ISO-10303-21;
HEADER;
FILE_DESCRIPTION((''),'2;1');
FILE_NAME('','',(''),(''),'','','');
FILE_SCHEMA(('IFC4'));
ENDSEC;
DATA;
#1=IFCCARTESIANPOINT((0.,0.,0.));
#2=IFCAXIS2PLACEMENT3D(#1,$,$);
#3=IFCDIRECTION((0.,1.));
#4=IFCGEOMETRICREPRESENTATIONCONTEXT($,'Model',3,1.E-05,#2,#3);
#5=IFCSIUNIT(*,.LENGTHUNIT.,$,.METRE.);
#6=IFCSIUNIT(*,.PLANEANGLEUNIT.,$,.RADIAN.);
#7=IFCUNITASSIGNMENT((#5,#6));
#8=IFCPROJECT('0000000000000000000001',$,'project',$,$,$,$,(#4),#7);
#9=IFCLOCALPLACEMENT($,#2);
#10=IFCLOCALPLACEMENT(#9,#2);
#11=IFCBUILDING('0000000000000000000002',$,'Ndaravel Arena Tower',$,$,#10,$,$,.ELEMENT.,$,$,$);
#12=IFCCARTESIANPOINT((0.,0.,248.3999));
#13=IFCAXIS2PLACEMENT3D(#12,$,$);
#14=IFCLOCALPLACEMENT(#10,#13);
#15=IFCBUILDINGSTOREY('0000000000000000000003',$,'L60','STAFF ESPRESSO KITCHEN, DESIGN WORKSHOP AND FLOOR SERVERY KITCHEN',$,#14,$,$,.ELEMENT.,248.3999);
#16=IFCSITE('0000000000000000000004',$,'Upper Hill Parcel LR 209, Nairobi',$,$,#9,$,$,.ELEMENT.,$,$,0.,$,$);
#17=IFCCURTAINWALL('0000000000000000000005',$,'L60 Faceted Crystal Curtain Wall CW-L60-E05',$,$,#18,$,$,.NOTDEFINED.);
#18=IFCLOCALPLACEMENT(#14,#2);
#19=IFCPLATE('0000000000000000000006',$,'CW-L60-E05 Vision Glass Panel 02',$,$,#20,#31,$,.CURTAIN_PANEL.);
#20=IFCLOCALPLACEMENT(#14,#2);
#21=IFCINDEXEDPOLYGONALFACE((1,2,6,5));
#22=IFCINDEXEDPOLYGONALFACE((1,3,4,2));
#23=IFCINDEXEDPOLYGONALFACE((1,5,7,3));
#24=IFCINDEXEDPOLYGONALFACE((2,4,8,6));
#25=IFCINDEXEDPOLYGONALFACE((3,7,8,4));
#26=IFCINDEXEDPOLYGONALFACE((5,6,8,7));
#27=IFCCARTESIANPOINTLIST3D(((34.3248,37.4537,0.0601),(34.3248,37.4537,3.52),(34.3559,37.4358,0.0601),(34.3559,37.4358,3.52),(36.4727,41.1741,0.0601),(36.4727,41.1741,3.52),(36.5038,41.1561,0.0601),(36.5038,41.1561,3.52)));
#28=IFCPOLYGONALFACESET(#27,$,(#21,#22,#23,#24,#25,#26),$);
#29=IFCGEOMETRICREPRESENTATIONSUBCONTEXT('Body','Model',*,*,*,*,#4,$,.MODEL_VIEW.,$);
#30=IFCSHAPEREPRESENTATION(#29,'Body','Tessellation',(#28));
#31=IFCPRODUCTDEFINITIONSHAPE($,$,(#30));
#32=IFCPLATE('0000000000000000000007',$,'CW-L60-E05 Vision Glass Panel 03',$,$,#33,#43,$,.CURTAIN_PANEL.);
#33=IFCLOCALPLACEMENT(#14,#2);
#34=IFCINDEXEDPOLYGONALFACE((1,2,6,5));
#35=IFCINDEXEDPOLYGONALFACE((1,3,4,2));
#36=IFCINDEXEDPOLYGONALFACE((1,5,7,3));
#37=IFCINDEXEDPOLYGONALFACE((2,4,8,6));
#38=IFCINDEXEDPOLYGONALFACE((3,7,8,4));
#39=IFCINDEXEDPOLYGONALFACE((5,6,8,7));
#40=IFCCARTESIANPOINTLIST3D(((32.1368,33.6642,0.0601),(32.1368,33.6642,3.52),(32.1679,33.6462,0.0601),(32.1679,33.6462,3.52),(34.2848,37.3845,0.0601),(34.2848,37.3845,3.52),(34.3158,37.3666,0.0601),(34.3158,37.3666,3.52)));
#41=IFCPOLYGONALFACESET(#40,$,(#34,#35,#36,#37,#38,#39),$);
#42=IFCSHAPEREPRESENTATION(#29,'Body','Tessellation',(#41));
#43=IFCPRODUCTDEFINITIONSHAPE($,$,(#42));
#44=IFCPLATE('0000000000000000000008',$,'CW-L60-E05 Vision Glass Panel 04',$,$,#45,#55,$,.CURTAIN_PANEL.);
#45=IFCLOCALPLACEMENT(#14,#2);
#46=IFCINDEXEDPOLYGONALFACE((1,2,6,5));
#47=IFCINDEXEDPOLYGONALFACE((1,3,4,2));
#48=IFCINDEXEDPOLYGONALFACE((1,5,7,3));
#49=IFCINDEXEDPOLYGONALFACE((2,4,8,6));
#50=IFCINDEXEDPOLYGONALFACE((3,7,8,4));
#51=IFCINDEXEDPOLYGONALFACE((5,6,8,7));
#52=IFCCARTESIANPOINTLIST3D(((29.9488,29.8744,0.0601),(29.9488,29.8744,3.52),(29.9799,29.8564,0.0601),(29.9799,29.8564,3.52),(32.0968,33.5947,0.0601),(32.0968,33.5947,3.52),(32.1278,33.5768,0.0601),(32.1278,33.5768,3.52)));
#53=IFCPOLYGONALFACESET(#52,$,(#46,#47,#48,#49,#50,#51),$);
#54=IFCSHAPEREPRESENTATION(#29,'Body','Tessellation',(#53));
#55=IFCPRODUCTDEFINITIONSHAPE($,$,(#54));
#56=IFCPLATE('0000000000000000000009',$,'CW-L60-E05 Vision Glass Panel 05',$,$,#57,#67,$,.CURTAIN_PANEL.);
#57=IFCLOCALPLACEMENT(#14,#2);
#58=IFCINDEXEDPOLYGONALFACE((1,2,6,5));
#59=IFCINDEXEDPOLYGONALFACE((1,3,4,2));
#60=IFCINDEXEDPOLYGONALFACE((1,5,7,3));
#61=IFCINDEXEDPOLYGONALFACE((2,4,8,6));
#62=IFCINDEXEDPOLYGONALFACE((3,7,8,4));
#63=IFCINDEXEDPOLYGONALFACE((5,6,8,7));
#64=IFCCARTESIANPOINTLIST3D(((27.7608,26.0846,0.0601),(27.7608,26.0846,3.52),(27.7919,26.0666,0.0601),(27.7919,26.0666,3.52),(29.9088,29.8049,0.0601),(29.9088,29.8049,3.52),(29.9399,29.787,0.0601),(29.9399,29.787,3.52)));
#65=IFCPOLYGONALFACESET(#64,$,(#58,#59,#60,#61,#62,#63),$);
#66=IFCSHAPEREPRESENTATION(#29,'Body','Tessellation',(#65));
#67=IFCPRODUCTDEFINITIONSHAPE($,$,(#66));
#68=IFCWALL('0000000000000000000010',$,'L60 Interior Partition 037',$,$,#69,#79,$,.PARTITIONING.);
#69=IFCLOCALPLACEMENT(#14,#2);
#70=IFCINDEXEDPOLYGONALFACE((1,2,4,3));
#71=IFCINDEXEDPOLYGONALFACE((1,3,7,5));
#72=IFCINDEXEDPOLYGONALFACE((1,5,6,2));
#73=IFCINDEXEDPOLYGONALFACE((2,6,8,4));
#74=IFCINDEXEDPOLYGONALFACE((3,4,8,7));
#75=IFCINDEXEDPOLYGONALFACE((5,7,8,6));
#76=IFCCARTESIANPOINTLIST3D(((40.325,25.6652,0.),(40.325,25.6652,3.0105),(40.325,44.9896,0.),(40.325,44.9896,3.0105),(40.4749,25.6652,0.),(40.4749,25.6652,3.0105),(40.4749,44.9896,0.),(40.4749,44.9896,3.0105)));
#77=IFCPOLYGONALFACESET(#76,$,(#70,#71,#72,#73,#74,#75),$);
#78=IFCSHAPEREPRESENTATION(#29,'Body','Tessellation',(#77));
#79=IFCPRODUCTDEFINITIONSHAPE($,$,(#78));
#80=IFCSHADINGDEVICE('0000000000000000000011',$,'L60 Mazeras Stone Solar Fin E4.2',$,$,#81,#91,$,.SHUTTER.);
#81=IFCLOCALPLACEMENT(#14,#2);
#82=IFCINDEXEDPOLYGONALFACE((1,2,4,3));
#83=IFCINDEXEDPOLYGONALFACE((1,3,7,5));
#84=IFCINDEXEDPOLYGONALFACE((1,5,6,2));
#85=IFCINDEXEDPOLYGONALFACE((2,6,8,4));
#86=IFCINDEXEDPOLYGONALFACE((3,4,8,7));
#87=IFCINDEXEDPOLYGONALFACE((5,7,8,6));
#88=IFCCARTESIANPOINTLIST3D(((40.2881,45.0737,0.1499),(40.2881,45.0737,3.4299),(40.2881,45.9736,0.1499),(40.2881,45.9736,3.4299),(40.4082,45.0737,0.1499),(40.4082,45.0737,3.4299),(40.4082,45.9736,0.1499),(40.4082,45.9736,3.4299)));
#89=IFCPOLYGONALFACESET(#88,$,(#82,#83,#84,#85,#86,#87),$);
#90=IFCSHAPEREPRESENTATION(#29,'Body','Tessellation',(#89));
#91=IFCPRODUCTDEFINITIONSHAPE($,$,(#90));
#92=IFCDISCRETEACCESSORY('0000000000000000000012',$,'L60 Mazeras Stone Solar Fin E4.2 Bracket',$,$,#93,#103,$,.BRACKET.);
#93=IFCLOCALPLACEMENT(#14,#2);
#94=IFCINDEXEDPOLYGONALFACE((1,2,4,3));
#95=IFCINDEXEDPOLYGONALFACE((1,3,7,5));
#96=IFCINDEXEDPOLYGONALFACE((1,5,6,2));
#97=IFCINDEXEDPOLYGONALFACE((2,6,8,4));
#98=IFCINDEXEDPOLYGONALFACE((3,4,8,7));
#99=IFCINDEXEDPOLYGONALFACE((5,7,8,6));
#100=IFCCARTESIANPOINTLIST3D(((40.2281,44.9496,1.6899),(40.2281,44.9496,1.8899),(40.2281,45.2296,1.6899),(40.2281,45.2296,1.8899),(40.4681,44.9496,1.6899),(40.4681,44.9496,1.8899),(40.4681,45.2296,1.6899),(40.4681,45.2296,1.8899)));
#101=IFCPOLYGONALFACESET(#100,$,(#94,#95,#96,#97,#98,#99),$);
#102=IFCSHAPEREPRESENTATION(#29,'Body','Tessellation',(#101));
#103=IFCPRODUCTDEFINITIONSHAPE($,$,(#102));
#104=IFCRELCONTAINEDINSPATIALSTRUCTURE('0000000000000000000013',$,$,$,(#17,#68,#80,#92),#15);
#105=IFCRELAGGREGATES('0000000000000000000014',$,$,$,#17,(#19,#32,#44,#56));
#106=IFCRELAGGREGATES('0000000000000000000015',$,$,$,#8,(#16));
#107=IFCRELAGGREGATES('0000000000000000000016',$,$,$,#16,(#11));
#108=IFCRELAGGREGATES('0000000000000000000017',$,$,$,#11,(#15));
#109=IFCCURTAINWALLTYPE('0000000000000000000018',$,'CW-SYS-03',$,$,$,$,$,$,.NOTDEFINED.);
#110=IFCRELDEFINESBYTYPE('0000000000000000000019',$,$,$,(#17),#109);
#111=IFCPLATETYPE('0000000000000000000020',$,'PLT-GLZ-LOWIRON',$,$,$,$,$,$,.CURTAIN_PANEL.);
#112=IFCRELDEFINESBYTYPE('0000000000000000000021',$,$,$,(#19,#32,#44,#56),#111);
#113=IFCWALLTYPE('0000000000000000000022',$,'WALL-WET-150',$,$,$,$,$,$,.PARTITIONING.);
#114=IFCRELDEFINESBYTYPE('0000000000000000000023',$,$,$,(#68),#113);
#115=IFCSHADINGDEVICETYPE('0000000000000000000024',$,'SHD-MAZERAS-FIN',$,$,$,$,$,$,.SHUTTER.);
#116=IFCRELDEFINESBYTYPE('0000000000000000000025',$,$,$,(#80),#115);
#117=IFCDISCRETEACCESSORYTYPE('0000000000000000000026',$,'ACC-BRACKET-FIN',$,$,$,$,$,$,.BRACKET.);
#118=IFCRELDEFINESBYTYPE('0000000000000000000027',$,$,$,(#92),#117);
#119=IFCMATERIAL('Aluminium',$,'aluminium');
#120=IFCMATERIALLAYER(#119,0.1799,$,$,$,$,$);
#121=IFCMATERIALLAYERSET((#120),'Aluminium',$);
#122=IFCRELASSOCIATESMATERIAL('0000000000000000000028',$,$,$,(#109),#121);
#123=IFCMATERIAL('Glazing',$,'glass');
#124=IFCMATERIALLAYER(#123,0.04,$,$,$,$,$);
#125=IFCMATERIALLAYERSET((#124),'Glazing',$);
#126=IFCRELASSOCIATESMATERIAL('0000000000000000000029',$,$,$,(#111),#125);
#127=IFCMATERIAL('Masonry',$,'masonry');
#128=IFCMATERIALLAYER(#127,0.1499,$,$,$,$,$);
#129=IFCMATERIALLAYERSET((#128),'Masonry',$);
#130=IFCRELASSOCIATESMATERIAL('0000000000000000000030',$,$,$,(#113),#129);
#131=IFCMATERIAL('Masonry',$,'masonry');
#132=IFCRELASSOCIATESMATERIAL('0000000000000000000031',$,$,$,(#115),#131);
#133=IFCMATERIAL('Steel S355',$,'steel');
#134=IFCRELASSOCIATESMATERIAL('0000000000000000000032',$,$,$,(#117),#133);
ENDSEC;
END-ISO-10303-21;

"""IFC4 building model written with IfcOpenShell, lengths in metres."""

from ifc_helpers import new_model, si_unit, direction, frame, frame_2d, origin, origin_2d, place, context, subcontext, project, spatial, rectangle, extrude, material, layer, layer_set, type_object, element, aggregate, save


model = new_model("IFC4")

# Units and contexts
model_context = context("Model", 3, precision=1e-05, world=origin(), true_north=direction((0.0, 1.0)))
body_context = subcontext(model_context, "Body", "Model", "MODEL_VIEW")
ifc_project = project(units=[si_unit("LENGTHUNIT", "METRE"), si_unit("PLANEANGLEUNIT", "RADIAN")], contexts=[model_context])

# Site, building, storey
site_placement = place(None, origin())
site = spatial("IfcSite", under=ifc_project, at=site_placement, Name="Upper Hill Parcel LR 209, Nairobi", CompositionType="ELEMENT", RefElevation=0.0)
building_placement = place(site_placement, origin())
building = spatial("IfcBuilding", under=site, at=building_placement, Name="Ndaravel Arena Tower", CompositionType="ELEMENT")
storey_placement = place(building_placement, frame((0.0, 0.0, 248.3999)))
storey = spatial("IfcBuildingStorey", under=building, at=storey_placement, Name="L60", Description="STAFF ESPRESSO KITCHEN, DESIGN WORKSHOP AND FLOOR SERVERY KITCHEN", CompositionType="ELEMENT", Elevation=248.3999)

# Curtain wall
ifc_material_1 = material(Name="Aluminium", Category="aluminium")
ifc_layer_1 = layer(ifc_material_1, 0.1799)
ifc_layer_set_1 = layer_set([ifc_layer_1], Name="Aluminium")
curtain_wall_type_1 = type_object("IfcCurtainWallType", Name="CW-SYS-03", PredefinedType="NOTDEFINED", material=ifc_layer_set_1)
curtain_wall_1_placement = place(storey_placement, origin())
curtain_wall_1 = element("IfcCurtainWall", 1, at=curtain_wall_1_placement, inside=storey, type_object=curtain_wall_type_1, Name="L60 Faceted Crystal Curtain Wall CW-L60-E05", PredefinedType="NOTDEFINED")

# Plates
ifc_material_2 = material(Name="Glazing", Category="glass")
ifc_layer_2 = layer(ifc_material_2, 0.04)
ifc_layer_set_2 = layer_set([ifc_layer_2], Name="Glazing")
plate_type_1 = type_object("IfcPlateType", Name="PLT-GLZ-LOWIRON", PredefinedType="CURTAIN_PANEL", material=ifc_layer_set_2)
plate_1_placement = place(storey_placement, frame((35.4143, 39.3049, 0.0601), z_axis=(0.0, 0.0, 1.0), x_axis=(-0.5, -0.866025, 0.0)))
plate_1 = element("IfcPlate", 2, at=plate_1_placement, type_object=plate_type_1, Name="CW-L60-E05 Vision Glass Panel 02", PredefinedType="CURTAIN_PANEL", context=body_context, shape_type="SweptSolid", body=[
    extrude(rectangle(XDim=4.2959, YDim=0.0359, at=origin_2d()), origin(), (0.0, 0.0, 1.0), 3.46),
])
plate_2_placement = place(storey_placement, frame((33.2263, 35.5154, 0.0601), z_axis=(0.0, 0.0, 1.0), x_axis=(-0.5, -0.866025, 0.0)))
plate_2 = element("IfcPlate", 3, at=plate_2_placement, type_object=plate_type_1, Name="CW-L60-E05 Vision Glass Panel 03", PredefinedType="CURTAIN_PANEL", context=body_context, shape_type="SweptSolid", body=[
    extrude(rectangle(XDim=4.2959, YDim=0.0359, at=origin_2d()), origin(), (0.0, 0.0, 1.0), 3.46),
])
plate_3_placement = place(storey_placement, frame((31.0383, 31.7256, 0.0601), z_axis=(0.0, 0.0, 1.0), x_axis=(-0.5, -0.866025, 0.0)))
plate_3 = element("IfcPlate", 4, at=plate_3_placement, type_object=plate_type_1, Name="CW-L60-E05 Vision Glass Panel 04", PredefinedType="CURTAIN_PANEL", context=body_context, shape_type="SweptSolid", body=[
    extrude(rectangle(XDim=4.2959, YDim=0.0359, at=origin_2d()), origin(), (0.0, 0.0, 1.0), 3.46),
])
plate_4_placement = place(storey_placement, frame((28.8503, 27.9358, 0.0601), z_axis=(0.0, 0.0, 1.0), x_axis=(-0.5, -0.866025, 0.0)))
plate_4 = element("IfcPlate", 5, at=plate_4_placement, type_object=plate_type_1, Name="CW-L60-E05 Vision Glass Panel 05", PredefinedType="CURTAIN_PANEL", context=body_context, shape_type="SweptSolid", body=[
    extrude(rectangle(XDim=4.2959, YDim=0.0359, at=origin_2d()), origin(), (0.0, 0.0, 1.0), 3.46),
])
aggregate(curtain_wall_1, [plate_1, plate_2, plate_3, plate_4])

# Wall
ifc_material_3 = material(Name="Masonry", Category="masonry")
ifc_layer_3 = layer(ifc_material_3, 0.1499)
ifc_layer_set_3 = layer_set([ifc_layer_3], Name="Masonry")
wall_type = type_object("IfcWallType", Name="WALL-WET-150", PredefinedType="PARTITIONING", material=ifc_layer_set_3)
wall_placement = place(storey_placement, frame((40.3999, 44.9895, 0.0), z_axis=(0.0, 0.0, 1.0), x_axis=(0.0, -1.0, 0.0)))
element("IfcWall", 6, at=wall_placement, inside=storey, type_object=wall_type, Name="L60 Interior Partition 037", PredefinedType="PARTITIONING", context=body_context, shape_type="SweptSolid", body=[
    extrude(rectangle(XDim=19.3245, YDim=0.1499, at=frame_2d((9.6621, 0.0))), origin(), (0.0, 0.0, 1.0), 3.0105),
])

# Shading device
ifc_material_4 = material(Name="Masonry", Category="masonry")
shading_device_type = type_object("IfcShadingDeviceType", Name="SHD-MAZERAS-FIN", PredefinedType="SHUTTER", material=ifc_material_4)
shading_device_placement = place(storey_placement, frame((40.3481, 45.5237, 0.1499), z_axis=(0.0, 0.0, 1.0), x_axis=(0.0, 1.0, 0.0)))
element("IfcShadingDevice", 7, at=shading_device_placement, inside=storey, type_object=shading_device_type, Name="L60 Mazeras Stone Solar Fin E4.2", PredefinedType="SHUTTER", context=body_context, shape_type="SweptSolid", body=[
    extrude(rectangle(XDim=0.8999, YDim=0.1201, at=origin_2d()), origin(), (0.0, 0.0, 1.0), 3.28),
])

# Discrete accessory
ifc_material_5 = material(Name="Steel S355", Category="steel")
discrete_accessory_type = type_object("IfcDiscreteAccessoryType", Name="ACC-BRACKET-FIN", PredefinedType="BRACKET", material=ifc_material_5)
discrete_accessory_placement = place(storey_placement, frame((40.3481, 45.0896, 1.6899), z_axis=(0.0, 0.0, 1.0), x_axis=(0.0, 1.0, 0.0)))
element("IfcDiscreteAccessory", 8, at=discrete_accessory_placement, inside=storey, type_object=discrete_accessory_type, Name="L60 Mazeras Stone Solar Fin E4.2 Bracket", PredefinedType="BRACKET", context=body_context, shape_type="SweptSolid", body=[
    extrude(rectangle(XDim=0.28, YDim=0.24, at=origin_2d()), origin(), (0.0, 0.0, 1.0), 0.2),
])

save(model, "model.ifc")
